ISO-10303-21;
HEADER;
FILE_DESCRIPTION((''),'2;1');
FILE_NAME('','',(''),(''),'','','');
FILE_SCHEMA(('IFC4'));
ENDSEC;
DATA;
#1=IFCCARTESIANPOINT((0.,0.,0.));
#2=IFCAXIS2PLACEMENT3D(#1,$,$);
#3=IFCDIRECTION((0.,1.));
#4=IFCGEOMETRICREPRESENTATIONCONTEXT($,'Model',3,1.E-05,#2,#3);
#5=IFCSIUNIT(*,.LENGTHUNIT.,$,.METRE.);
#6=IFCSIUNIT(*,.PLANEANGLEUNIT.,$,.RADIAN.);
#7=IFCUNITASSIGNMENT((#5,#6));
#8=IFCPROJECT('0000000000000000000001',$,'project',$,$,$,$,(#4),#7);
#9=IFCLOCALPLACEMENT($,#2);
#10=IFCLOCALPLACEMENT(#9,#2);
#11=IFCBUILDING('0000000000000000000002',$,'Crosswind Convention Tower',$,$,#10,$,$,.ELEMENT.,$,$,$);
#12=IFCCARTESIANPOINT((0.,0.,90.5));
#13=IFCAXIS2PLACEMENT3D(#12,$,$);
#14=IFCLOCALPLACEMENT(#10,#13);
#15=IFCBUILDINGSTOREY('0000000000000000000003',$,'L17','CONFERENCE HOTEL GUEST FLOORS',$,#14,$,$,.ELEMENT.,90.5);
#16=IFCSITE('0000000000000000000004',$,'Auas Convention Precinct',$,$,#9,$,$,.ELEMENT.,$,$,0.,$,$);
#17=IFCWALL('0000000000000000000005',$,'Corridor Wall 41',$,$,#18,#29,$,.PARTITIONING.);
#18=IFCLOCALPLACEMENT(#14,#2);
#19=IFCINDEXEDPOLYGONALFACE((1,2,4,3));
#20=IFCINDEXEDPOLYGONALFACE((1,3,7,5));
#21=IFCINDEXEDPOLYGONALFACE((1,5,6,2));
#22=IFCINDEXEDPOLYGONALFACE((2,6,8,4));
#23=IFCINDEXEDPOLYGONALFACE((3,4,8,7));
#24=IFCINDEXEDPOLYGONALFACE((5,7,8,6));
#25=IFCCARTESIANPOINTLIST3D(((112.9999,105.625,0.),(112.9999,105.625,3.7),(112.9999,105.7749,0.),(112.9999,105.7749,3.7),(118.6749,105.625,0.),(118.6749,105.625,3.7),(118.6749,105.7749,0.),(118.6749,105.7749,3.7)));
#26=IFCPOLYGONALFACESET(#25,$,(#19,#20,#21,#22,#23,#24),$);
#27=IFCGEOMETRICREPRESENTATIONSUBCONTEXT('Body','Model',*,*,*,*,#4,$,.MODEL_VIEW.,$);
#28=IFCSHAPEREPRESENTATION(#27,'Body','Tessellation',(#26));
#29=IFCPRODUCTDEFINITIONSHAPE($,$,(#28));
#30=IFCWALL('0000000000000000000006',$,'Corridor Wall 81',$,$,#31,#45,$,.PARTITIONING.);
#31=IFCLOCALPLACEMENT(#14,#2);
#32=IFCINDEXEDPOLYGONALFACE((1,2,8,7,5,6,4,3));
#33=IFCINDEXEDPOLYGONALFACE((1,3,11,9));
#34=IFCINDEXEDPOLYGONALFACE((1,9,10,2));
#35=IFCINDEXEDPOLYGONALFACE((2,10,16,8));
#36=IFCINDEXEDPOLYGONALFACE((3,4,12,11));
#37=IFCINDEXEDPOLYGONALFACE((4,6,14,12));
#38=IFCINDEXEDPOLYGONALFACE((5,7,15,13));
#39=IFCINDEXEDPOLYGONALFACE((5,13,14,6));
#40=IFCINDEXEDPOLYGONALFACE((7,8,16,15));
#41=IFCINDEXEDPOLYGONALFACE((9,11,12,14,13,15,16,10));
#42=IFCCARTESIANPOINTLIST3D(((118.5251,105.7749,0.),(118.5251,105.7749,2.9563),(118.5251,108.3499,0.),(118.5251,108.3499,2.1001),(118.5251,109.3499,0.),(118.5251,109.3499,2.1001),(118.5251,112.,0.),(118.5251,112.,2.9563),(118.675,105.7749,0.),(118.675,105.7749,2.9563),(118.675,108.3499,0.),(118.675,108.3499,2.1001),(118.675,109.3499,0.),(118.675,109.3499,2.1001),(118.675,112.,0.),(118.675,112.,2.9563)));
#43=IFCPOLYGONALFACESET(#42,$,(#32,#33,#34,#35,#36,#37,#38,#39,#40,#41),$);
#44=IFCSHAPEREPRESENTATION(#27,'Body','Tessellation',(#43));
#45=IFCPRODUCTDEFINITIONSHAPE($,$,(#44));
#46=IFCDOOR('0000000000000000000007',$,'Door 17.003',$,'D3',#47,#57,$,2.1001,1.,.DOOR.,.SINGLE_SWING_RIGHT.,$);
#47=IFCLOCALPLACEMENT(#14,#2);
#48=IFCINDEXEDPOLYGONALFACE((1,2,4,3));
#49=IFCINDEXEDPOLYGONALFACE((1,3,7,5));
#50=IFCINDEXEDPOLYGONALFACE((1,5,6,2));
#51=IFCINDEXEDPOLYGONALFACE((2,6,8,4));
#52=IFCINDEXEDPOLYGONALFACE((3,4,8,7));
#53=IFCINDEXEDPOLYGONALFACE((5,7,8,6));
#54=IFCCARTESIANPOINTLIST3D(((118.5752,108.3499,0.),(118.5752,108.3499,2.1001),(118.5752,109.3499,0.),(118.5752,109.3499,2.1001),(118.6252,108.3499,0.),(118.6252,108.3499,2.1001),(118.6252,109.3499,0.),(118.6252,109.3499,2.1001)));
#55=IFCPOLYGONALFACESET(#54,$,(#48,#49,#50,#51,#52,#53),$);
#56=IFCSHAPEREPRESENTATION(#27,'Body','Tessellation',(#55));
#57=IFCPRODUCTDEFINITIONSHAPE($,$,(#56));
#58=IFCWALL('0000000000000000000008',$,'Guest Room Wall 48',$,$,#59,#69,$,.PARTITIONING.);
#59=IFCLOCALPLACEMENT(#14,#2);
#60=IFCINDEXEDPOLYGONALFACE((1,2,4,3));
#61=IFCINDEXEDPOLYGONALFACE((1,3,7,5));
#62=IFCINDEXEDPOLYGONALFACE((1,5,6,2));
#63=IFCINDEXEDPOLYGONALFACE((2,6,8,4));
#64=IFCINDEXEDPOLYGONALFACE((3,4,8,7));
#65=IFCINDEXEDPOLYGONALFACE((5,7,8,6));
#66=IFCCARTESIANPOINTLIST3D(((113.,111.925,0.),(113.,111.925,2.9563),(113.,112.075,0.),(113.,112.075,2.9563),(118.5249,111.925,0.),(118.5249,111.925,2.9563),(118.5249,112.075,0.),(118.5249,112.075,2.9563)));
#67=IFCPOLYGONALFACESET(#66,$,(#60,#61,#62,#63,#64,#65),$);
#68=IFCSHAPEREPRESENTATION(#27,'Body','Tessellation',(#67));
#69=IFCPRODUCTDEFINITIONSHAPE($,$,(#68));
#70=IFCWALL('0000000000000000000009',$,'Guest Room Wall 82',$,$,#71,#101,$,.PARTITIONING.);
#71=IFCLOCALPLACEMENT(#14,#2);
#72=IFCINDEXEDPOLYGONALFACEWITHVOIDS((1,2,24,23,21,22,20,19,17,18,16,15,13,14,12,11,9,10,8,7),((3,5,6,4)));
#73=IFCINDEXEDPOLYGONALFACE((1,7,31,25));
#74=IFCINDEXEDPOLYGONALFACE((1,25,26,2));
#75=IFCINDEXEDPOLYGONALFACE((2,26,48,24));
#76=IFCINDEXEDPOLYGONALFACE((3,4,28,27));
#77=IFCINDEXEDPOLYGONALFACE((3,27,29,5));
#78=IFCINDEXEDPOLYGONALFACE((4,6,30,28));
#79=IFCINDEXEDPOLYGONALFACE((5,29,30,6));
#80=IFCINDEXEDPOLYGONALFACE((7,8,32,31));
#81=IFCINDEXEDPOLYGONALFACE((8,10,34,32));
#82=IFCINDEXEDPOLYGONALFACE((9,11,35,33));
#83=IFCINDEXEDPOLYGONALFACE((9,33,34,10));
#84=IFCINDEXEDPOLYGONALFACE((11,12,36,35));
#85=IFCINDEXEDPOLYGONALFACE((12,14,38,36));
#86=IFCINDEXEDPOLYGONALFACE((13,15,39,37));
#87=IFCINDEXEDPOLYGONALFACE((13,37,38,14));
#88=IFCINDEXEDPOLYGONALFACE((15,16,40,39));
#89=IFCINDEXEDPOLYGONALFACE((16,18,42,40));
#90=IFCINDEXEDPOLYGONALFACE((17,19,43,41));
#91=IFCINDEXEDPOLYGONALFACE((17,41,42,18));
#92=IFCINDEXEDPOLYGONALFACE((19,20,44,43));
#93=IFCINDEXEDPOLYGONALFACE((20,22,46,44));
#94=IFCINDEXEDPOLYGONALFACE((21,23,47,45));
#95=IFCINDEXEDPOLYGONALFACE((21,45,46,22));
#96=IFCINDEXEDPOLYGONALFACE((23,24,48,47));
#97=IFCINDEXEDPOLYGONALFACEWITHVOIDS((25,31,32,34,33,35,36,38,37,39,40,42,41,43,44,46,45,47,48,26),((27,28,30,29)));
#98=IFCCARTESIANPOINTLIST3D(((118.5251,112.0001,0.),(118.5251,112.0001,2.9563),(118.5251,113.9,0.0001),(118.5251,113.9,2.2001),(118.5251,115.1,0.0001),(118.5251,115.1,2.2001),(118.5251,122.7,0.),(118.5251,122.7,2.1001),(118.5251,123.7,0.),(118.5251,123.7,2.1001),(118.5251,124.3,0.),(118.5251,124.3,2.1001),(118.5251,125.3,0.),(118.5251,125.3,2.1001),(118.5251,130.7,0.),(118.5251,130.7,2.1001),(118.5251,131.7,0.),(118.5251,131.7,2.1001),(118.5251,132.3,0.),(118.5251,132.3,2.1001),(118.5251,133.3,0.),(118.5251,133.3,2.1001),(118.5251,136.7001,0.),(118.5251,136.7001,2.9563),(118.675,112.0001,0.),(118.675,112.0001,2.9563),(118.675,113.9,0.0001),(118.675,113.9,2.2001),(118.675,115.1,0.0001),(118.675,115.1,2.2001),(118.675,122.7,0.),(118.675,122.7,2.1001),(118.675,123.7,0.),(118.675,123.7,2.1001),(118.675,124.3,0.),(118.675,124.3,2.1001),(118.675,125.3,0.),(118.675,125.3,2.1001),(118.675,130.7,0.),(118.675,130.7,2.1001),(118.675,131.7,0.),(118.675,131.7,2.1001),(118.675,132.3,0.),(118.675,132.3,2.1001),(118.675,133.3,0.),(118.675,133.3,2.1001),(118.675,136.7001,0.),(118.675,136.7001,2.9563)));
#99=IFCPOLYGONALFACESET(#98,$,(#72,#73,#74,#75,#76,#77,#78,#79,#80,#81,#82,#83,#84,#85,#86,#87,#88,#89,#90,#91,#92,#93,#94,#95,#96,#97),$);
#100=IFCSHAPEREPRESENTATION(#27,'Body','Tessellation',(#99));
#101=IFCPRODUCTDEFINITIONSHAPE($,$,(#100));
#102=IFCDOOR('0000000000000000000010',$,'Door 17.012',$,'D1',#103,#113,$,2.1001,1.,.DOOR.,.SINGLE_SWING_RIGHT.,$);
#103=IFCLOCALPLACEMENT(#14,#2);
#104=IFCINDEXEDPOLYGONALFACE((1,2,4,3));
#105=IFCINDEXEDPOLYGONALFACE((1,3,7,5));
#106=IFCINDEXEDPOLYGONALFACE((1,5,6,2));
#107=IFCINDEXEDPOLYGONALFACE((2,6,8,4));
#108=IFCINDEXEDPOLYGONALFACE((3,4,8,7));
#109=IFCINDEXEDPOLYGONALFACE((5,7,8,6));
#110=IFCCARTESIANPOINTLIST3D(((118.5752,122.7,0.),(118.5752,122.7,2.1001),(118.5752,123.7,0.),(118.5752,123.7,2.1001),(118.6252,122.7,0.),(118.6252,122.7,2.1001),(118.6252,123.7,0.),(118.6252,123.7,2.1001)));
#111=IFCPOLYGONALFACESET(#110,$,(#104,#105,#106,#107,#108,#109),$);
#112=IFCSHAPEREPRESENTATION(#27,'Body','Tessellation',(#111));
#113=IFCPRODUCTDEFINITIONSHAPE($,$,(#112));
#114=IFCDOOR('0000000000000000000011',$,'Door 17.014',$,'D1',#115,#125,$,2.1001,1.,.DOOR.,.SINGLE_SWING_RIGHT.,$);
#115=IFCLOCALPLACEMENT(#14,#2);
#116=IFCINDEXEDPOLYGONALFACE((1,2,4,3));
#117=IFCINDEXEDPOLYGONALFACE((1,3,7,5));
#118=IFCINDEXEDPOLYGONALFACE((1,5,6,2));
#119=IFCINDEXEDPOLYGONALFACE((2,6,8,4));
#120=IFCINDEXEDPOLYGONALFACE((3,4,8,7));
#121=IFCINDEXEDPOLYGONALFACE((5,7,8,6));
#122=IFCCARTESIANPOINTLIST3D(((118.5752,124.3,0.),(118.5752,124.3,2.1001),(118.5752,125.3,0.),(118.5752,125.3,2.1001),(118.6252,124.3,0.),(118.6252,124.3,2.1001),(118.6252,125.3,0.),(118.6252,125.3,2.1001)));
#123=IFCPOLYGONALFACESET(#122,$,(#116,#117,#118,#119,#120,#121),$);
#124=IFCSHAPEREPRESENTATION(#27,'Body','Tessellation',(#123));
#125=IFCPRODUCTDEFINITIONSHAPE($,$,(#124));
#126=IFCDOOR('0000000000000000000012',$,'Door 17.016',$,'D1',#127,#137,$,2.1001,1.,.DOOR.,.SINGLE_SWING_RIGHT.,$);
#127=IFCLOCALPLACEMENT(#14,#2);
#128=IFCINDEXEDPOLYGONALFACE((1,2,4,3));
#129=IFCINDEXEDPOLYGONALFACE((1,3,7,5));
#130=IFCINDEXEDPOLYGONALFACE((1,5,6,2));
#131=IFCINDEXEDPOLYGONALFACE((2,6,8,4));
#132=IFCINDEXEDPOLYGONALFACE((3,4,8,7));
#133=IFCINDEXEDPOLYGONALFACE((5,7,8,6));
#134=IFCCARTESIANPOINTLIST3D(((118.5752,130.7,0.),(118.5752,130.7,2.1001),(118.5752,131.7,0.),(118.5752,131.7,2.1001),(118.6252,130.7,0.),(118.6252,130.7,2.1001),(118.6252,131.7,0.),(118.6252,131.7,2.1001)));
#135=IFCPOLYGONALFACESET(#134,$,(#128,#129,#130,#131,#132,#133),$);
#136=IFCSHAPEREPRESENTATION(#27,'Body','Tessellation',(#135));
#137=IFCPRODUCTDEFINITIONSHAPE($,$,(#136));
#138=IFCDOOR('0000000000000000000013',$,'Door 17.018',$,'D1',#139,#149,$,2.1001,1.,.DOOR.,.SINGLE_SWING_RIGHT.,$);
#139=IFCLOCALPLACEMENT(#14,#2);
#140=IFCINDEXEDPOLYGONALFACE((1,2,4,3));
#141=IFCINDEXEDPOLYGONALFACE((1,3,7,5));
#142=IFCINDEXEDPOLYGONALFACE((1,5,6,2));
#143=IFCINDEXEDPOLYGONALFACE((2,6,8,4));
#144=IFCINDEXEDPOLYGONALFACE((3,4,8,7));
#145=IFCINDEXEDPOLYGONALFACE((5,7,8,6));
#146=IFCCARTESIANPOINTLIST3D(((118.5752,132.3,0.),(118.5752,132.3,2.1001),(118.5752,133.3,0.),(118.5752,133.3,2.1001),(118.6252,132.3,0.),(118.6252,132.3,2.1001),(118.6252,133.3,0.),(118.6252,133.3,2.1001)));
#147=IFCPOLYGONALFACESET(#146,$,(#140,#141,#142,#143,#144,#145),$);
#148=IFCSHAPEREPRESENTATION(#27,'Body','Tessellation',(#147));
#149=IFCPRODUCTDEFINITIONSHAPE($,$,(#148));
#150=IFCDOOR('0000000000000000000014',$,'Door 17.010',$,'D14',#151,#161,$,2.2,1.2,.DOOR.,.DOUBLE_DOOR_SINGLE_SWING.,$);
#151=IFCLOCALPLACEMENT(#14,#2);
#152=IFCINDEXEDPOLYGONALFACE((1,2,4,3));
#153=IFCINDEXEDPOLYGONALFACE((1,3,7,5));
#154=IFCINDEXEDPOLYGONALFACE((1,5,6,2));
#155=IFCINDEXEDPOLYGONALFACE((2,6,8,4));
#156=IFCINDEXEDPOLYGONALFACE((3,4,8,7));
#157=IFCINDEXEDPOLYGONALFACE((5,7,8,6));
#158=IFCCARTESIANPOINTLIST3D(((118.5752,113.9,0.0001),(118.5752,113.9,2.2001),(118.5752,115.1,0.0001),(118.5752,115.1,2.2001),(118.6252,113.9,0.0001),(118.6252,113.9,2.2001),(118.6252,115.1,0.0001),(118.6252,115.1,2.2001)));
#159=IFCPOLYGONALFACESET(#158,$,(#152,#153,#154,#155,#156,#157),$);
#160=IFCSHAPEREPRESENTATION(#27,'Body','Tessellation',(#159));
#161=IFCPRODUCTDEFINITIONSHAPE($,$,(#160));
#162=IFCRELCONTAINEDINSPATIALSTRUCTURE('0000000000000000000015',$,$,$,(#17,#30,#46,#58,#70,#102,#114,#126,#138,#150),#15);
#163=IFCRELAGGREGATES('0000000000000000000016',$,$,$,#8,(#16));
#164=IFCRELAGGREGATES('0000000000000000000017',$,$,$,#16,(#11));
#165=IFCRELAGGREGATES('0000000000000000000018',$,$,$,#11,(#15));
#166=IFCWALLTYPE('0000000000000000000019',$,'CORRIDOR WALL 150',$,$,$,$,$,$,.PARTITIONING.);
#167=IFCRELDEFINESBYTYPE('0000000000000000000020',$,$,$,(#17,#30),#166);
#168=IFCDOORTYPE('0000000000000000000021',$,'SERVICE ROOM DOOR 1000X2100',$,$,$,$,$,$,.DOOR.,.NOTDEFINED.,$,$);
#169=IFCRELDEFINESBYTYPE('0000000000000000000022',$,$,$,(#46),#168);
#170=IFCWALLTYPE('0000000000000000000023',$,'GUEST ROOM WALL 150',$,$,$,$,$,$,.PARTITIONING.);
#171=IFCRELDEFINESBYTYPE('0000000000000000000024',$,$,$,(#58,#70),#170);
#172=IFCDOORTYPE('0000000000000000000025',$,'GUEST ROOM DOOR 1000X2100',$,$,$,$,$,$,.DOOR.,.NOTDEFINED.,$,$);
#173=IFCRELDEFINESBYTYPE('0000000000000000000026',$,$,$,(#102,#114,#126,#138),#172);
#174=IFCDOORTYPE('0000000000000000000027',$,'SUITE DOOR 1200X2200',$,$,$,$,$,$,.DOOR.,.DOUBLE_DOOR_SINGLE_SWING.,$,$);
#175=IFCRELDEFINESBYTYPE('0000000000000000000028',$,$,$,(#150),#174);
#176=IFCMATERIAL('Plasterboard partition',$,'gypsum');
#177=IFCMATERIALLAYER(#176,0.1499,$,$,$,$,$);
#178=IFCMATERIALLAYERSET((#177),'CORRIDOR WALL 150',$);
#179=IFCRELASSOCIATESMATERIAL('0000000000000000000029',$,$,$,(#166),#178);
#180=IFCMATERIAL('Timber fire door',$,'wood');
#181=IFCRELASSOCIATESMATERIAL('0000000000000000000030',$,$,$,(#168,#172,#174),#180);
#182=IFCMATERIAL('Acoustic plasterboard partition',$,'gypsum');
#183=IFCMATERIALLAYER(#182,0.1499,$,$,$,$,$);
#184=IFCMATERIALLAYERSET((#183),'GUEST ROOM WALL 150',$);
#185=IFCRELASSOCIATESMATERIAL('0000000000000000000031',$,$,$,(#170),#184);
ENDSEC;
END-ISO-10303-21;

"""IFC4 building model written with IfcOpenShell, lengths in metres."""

from ifc_helpers import new_model, si_unit, direction, frame, frame_2d, origin, place, context, subcontext, project, spatial, rectangle, extrude, material, layer, layer_set, type_object, element, fill, save


model = new_model("IFC4")

# Units and contexts
model_context = context("Model", 3, precision=1e-05, world=origin(), true_north=direction((0.0, 1.0)))
body_context = subcontext(model_context, "Body", "Model", "MODEL_VIEW")
ifc_project = project(units=[si_unit("LENGTHUNIT", "METRE"), si_unit("PLANEANGLEUNIT", "RADIAN")], contexts=[model_context])

# Site, building, storey
site_placement = place(None, origin())
site = spatial("IfcSite", under=ifc_project, at=site_placement, Name="Auas Convention Precinct", CompositionType="ELEMENT", RefElevation=0.0)
building_placement = place(site_placement, origin())
building = spatial("IfcBuilding", under=site, at=building_placement, Name="Crosswind Convention Tower", CompositionType="ELEMENT")
storey_placement = place(building_placement, frame((0.0, 0.0, 90.5)))
storey = spatial("IfcBuildingStorey", under=building, at=storey_placement, Name="L17", Description="CONFERENCE HOTEL GUEST FLOORS", CompositionType="ELEMENT", Elevation=90.5)

# Wall
ifc_material_1 = material(Name="Plasterboard partition", Category="gypsum")
ifc_layer_1 = layer(ifc_material_1, 0.1499)
ifc_layer_set_1 = layer_set([ifc_layer_1], Name="CORRIDOR WALL 150")
wall_type_1 = type_object("IfcWallType", Name="CORRIDOR WALL 150", PredefinedType="PARTITIONING", material=ifc_layer_set_1)
wall_1_placement = place(storey_placement, frame((113.0, 105.7, 0.0), z_axis=(0.0, 0.0, 1.0), x_axis=(1.0, 0.0, 0.0)))
element("IfcWall", 1, at=wall_1_placement, inside=storey, type_object=wall_type_1, Name="Corridor Wall 41", PredefinedType="PARTITIONING", context=body_context, shape_type="SweptSolid", body=[
    extrude(rectangle(XDim=5.675, YDim=0.1499, at=frame_2d((2.8374, 0.0))), origin(), (0.0, 0.0, 1.0), 3.7),
])

# Wall, opening, door
wall_2_placement = place(storey_placement, frame((118.6001, 105.7749, 0.0), z_axis=(0.0, 0.0, 1.0), x_axis=(0.0, 1.0, 0.0)))
wall_2 = element("IfcWall", 2, at=wall_2_placement, inside=storey, type_object=wall_type_1, Name="Corridor Wall 81", PredefinedType="PARTITIONING", context=body_context, shape_type="SweptSolid", body=[
    extrude(rectangle(XDim=6.2251, YDim=0.1499, at=frame_2d((3.1125, 0.0))), origin(), (0.0, 0.0, 1.0), 2.9563),
])
opening_1_placement = place(wall_2_placement, frame((2.575, 0.0, 0.0)))
opening_1 = element("IfcOpeningElement", 3, at=opening_1_placement, cuts=wall_2, PredefinedType="OPENING", context=body_context, shape_type="SweptSolid", body=[
    extrude(rectangle(XDim=1.0, YDim=2.1001, at=frame_2d((0.5, 1.05))), frame((0.0, 0.085, 0.0), z_axis=(0.0, -1.0, 0.0), x_axis=(1.0, 0.0, 0.0)), (0.0, 0.0, 1.0), 0.1699),
])
ifc_material_2 = material(Name="Timber fire door", Category="wood")
door_type_1 = type_object("IfcDoorType", Name="SERVICE ROOM DOOR 1000X2100", OperationType="NOTDEFINED", PredefinedType="DOOR", material=ifc_material_2)
door_1_placement = place(opening_1_placement, origin())
door_1 = element("IfcDoor", 4, at=door_1_placement, inside=storey, type_object=door_type_1, Name="Door 17.003", ObjectType="D3", OperationType="SINGLE_SWING_RIGHT", OverallHeight=2.1001, OverallWidth=1.0, PredefinedType="DOOR", context=body_context, shape_type="SweptSolid", body=[
    extrude(rectangle(XDim=1.0, YDim=2.1001, at=frame_2d((0.5, 1.05))), frame((0.0, 0.0249, 0.0), z_axis=(0.0, -1.0, 0.0), x_axis=(1.0, 0.0, 0.0)), (0.0, 0.0, 1.0), 0.05),
])
fill(opening_1, door_1)

# Wall
ifc_material_3 = material(Name="Acoustic plasterboard partition", Category="gypsum")
ifc_layer_2 = layer(ifc_material_3, 0.1499)
ifc_layer_set_2 = layer_set([ifc_layer_2], Name="GUEST ROOM WALL 150")
wall_type_2 = type_object("IfcWallType", Name="GUEST ROOM WALL 150", PredefinedType="PARTITIONING", material=ifc_layer_set_2)
wall_3_placement = place(storey_placement, frame((113.0, 112.0, 0.0), z_axis=(0.0, 0.0, 1.0), x_axis=(1.0, 0.0, 0.0)))
element("IfcWall", 5, at=wall_3_placement, inside=storey, type_object=wall_type_2, Name="Guest Room Wall 48", PredefinedType="PARTITIONING", context=body_context, shape_type="SweptSolid", body=[
    extrude(rectangle(XDim=5.5249, YDim=0.1499, at=frame_2d((2.7625, 0.0))), origin(), (0.0, 0.0, 1.0), 2.9563),
])

# Wall, openings, doors
wall_4_placement = place(storey_placement, frame((118.6001, 112.0, 0.0), z_axis=(0.0, 0.0, 1.0), x_axis=(0.0, 1.0, 0.0)))
wall_4 = element("IfcWall", 6, at=wall_4_placement, inside=storey, type_object=wall_type_2, Name="Guest Room Wall 82", PredefinedType="PARTITIONING", context=body_context, shape_type="SweptSolid", body=[
    extrude(rectangle(XDim=24.7, YDim=0.1499, at=frame_2d((12.3501, 0.0))), origin(), (0.0, 0.0, 1.0), 2.9563),
])
opening_2_placement = place(wall_4_placement, frame((1.8999, 0.0, 0.0)))
opening_2 = element("IfcOpeningElement", 7, at=opening_2_placement, cuts=wall_4, PredefinedType="OPENING", context=body_context, shape_type="SweptSolid", body=[
    extrude(rectangle(XDim=1.2, YDim=2.2, at=frame_2d((0.6001, 1.1001))), frame((0.0, 0.085, 0.0), z_axis=(0.0, -1.0, 0.0), x_axis=(1.0, 0.0, 0.0)), (0.0, 0.0, 1.0), 0.1699),
])
opening_3_placement = place(wall_4_placement, frame((10.7, 0.0, 0.0)))
opening_3 = element("IfcOpeningElement", 8, at=opening_3_placement, cuts=wall_4, PredefinedType="OPENING", context=body_context, shape_type="SweptSolid", body=[
    extrude(rectangle(XDim=1.0, YDim=2.1001, at=frame_2d((0.5, 1.05))), frame((0.0, 0.085, 0.0), z_axis=(0.0, -1.0, 0.0), x_axis=(1.0, 0.0, 0.0)), (0.0, 0.0, 1.0), 0.1699),
])
opening_4_placement = place(wall_4_placement, frame((12.3, 0.0, 0.0)))
opening_4 = element("IfcOpeningElement", 9, at=opening_4_placement, cuts=wall_4, PredefinedType="OPENING", context=body_context, shape_type="SweptSolid", body=[
    extrude(rectangle(XDim=1.0, YDim=2.1001, at=frame_2d((0.5, 1.05))), frame((0.0, 0.085, 0.0), z_axis=(0.0, -1.0, 0.0), x_axis=(1.0, 0.0, 0.0)), (0.0, 0.0, 1.0), 0.1699),
])
opening_5_placement = place(wall_4_placement, frame((18.7, 0.0, 0.0)))
opening_5 = element("IfcOpeningElement", 10, at=opening_5_placement, cuts=wall_4, PredefinedType="OPENING", context=body_context, shape_type="SweptSolid", body=[
    extrude(rectangle(XDim=1.0, YDim=2.1001, at=frame_2d((0.5, 1.05))), frame((0.0, 0.085, 0.0), z_axis=(0.0, -1.0, 0.0), x_axis=(1.0, 0.0, 0.0)), (0.0, 0.0, 1.0), 0.1699),
])
opening_6_placement = place(wall_4_placement, frame((20.3, 0.0, 0.0)))
opening_6 = element("IfcOpeningElement", 11, at=opening_6_placement, cuts=wall_4, PredefinedType="OPENING", context=body_context, shape_type="SweptSolid", body=[
    extrude(rectangle(XDim=1.0, YDim=2.1001, at=frame_2d((0.5, 1.05))), frame((0.0, 0.085, 0.0), z_axis=(0.0, -1.0, 0.0), x_axis=(1.0, 0.0, 0.0)), (0.0, 0.0, 1.0), 0.1699),
])
door_type_2 = type_object("IfcDoorType", Name="GUEST ROOM DOOR 1000X2100", OperationType="NOTDEFINED", PredefinedType="DOOR", material=ifc_material_2)
door_2_placement = place(opening_3_placement, origin())
door_2 = element("IfcDoor", 12, at=door_2_placement, inside=storey, type_object=door_type_2, Name="Door 17.012", ObjectType="D1", OperationType="SINGLE_SWING_RIGHT", OverallHeight=2.1001, OverallWidth=1.0, PredefinedType="DOOR", context=body_context, shape_type="SweptSolid", body=[
    extrude(rectangle(XDim=1.0, YDim=2.1001, at=frame_2d((0.5, 1.05))), frame((0.0, 0.0249, 0.0), z_axis=(0.0, -1.0, 0.0), x_axis=(1.0, 0.0, 0.0)), (0.0, 0.0, 1.0), 0.05),
])
fill(opening_3, door_2)
door_3_placement = place(opening_4_placement, origin())
door_3 = element("IfcDoor", 13, at=door_3_placement, inside=storey, type_object=door_type_2, Name="Door 17.014", ObjectType="D1", OperationType="SINGLE_SWING_RIGHT", OverallHeight=2.1001, OverallWidth=1.0, PredefinedType="DOOR", context=body_context, shape_type="SweptSolid", body=[
    extrude(rectangle(XDim=1.0, YDim=2.1001, at=frame_2d((0.5, 1.05))), frame((0.0, 0.0249, 0.0), z_axis=(0.0, -1.0, 0.0), x_axis=(1.0, 0.0, 0.0)), (0.0, 0.0, 1.0), 0.05),
])
fill(opening_4, door_3)
door_4_placement = place(opening_5_placement, origin())
door_4 = element("IfcDoor", 14, at=door_4_placement, inside=storey, type_object=door_type_2, Name="Door 17.016", ObjectType="D1", OperationType="SINGLE_SWING_RIGHT", OverallHeight=2.1001, OverallWidth=1.0, PredefinedType="DOOR", context=body_context, shape_type="SweptSolid", body=[
    extrude(rectangle(XDim=1.0, YDim=2.1001, at=frame_2d((0.5, 1.05))), frame((0.0, 0.0249, 0.0), z_axis=(0.0, -1.0, 0.0), x_axis=(1.0, 0.0, 0.0)), (0.0, 0.0, 1.0), 0.05),
])
fill(opening_5, door_4)
door_5_placement = place(opening_6_placement, origin())
door_5 = element("IfcDoor", 15, at=door_5_placement, inside=storey, type_object=door_type_2, Name="Door 17.018", ObjectType="D1", OperationType="SINGLE_SWING_RIGHT", OverallHeight=2.1001, OverallWidth=1.0, PredefinedType="DOOR", context=body_context, shape_type="SweptSolid", body=[
    extrude(rectangle(XDim=1.0, YDim=2.1001, at=frame_2d((0.5, 1.05))), frame((0.0, 0.0249, 0.0), z_axis=(0.0, -1.0, 0.0), x_axis=(1.0, 0.0, 0.0)), (0.0, 0.0, 1.0), 0.05),
])
fill(opening_6, door_5)
door_type_3 = type_object("IfcDoorType", Name="SUITE DOOR 1200X2200", OperationType="DOUBLE_DOOR_SINGLE_SWING", PredefinedType="DOOR", material=ifc_material_2)
door_6_placement = place(opening_2_placement, origin())
door_6 = element("IfcDoor", 16, at=door_6_placement, inside=storey, type_object=door_type_3, Name="Door 17.010", ObjectType="D14", OperationType="DOUBLE_DOOR_SINGLE_SWING", OverallHeight=2.2, OverallWidth=1.2, PredefinedType="DOOR", context=body_context, shape_type="SweptSolid", body=[
    extrude(rectangle(XDim=1.2, YDim=2.2, at=frame_2d((0.6001, 1.1001))), frame((0.0, 0.0249, 0.0), z_axis=(0.0, -1.0, 0.0), x_axis=(1.0, 0.0, 0.0)), (0.0, 0.0, 1.0), 0.05),
])
fill(opening_2, door_6)

save(model, "model.ifc")
